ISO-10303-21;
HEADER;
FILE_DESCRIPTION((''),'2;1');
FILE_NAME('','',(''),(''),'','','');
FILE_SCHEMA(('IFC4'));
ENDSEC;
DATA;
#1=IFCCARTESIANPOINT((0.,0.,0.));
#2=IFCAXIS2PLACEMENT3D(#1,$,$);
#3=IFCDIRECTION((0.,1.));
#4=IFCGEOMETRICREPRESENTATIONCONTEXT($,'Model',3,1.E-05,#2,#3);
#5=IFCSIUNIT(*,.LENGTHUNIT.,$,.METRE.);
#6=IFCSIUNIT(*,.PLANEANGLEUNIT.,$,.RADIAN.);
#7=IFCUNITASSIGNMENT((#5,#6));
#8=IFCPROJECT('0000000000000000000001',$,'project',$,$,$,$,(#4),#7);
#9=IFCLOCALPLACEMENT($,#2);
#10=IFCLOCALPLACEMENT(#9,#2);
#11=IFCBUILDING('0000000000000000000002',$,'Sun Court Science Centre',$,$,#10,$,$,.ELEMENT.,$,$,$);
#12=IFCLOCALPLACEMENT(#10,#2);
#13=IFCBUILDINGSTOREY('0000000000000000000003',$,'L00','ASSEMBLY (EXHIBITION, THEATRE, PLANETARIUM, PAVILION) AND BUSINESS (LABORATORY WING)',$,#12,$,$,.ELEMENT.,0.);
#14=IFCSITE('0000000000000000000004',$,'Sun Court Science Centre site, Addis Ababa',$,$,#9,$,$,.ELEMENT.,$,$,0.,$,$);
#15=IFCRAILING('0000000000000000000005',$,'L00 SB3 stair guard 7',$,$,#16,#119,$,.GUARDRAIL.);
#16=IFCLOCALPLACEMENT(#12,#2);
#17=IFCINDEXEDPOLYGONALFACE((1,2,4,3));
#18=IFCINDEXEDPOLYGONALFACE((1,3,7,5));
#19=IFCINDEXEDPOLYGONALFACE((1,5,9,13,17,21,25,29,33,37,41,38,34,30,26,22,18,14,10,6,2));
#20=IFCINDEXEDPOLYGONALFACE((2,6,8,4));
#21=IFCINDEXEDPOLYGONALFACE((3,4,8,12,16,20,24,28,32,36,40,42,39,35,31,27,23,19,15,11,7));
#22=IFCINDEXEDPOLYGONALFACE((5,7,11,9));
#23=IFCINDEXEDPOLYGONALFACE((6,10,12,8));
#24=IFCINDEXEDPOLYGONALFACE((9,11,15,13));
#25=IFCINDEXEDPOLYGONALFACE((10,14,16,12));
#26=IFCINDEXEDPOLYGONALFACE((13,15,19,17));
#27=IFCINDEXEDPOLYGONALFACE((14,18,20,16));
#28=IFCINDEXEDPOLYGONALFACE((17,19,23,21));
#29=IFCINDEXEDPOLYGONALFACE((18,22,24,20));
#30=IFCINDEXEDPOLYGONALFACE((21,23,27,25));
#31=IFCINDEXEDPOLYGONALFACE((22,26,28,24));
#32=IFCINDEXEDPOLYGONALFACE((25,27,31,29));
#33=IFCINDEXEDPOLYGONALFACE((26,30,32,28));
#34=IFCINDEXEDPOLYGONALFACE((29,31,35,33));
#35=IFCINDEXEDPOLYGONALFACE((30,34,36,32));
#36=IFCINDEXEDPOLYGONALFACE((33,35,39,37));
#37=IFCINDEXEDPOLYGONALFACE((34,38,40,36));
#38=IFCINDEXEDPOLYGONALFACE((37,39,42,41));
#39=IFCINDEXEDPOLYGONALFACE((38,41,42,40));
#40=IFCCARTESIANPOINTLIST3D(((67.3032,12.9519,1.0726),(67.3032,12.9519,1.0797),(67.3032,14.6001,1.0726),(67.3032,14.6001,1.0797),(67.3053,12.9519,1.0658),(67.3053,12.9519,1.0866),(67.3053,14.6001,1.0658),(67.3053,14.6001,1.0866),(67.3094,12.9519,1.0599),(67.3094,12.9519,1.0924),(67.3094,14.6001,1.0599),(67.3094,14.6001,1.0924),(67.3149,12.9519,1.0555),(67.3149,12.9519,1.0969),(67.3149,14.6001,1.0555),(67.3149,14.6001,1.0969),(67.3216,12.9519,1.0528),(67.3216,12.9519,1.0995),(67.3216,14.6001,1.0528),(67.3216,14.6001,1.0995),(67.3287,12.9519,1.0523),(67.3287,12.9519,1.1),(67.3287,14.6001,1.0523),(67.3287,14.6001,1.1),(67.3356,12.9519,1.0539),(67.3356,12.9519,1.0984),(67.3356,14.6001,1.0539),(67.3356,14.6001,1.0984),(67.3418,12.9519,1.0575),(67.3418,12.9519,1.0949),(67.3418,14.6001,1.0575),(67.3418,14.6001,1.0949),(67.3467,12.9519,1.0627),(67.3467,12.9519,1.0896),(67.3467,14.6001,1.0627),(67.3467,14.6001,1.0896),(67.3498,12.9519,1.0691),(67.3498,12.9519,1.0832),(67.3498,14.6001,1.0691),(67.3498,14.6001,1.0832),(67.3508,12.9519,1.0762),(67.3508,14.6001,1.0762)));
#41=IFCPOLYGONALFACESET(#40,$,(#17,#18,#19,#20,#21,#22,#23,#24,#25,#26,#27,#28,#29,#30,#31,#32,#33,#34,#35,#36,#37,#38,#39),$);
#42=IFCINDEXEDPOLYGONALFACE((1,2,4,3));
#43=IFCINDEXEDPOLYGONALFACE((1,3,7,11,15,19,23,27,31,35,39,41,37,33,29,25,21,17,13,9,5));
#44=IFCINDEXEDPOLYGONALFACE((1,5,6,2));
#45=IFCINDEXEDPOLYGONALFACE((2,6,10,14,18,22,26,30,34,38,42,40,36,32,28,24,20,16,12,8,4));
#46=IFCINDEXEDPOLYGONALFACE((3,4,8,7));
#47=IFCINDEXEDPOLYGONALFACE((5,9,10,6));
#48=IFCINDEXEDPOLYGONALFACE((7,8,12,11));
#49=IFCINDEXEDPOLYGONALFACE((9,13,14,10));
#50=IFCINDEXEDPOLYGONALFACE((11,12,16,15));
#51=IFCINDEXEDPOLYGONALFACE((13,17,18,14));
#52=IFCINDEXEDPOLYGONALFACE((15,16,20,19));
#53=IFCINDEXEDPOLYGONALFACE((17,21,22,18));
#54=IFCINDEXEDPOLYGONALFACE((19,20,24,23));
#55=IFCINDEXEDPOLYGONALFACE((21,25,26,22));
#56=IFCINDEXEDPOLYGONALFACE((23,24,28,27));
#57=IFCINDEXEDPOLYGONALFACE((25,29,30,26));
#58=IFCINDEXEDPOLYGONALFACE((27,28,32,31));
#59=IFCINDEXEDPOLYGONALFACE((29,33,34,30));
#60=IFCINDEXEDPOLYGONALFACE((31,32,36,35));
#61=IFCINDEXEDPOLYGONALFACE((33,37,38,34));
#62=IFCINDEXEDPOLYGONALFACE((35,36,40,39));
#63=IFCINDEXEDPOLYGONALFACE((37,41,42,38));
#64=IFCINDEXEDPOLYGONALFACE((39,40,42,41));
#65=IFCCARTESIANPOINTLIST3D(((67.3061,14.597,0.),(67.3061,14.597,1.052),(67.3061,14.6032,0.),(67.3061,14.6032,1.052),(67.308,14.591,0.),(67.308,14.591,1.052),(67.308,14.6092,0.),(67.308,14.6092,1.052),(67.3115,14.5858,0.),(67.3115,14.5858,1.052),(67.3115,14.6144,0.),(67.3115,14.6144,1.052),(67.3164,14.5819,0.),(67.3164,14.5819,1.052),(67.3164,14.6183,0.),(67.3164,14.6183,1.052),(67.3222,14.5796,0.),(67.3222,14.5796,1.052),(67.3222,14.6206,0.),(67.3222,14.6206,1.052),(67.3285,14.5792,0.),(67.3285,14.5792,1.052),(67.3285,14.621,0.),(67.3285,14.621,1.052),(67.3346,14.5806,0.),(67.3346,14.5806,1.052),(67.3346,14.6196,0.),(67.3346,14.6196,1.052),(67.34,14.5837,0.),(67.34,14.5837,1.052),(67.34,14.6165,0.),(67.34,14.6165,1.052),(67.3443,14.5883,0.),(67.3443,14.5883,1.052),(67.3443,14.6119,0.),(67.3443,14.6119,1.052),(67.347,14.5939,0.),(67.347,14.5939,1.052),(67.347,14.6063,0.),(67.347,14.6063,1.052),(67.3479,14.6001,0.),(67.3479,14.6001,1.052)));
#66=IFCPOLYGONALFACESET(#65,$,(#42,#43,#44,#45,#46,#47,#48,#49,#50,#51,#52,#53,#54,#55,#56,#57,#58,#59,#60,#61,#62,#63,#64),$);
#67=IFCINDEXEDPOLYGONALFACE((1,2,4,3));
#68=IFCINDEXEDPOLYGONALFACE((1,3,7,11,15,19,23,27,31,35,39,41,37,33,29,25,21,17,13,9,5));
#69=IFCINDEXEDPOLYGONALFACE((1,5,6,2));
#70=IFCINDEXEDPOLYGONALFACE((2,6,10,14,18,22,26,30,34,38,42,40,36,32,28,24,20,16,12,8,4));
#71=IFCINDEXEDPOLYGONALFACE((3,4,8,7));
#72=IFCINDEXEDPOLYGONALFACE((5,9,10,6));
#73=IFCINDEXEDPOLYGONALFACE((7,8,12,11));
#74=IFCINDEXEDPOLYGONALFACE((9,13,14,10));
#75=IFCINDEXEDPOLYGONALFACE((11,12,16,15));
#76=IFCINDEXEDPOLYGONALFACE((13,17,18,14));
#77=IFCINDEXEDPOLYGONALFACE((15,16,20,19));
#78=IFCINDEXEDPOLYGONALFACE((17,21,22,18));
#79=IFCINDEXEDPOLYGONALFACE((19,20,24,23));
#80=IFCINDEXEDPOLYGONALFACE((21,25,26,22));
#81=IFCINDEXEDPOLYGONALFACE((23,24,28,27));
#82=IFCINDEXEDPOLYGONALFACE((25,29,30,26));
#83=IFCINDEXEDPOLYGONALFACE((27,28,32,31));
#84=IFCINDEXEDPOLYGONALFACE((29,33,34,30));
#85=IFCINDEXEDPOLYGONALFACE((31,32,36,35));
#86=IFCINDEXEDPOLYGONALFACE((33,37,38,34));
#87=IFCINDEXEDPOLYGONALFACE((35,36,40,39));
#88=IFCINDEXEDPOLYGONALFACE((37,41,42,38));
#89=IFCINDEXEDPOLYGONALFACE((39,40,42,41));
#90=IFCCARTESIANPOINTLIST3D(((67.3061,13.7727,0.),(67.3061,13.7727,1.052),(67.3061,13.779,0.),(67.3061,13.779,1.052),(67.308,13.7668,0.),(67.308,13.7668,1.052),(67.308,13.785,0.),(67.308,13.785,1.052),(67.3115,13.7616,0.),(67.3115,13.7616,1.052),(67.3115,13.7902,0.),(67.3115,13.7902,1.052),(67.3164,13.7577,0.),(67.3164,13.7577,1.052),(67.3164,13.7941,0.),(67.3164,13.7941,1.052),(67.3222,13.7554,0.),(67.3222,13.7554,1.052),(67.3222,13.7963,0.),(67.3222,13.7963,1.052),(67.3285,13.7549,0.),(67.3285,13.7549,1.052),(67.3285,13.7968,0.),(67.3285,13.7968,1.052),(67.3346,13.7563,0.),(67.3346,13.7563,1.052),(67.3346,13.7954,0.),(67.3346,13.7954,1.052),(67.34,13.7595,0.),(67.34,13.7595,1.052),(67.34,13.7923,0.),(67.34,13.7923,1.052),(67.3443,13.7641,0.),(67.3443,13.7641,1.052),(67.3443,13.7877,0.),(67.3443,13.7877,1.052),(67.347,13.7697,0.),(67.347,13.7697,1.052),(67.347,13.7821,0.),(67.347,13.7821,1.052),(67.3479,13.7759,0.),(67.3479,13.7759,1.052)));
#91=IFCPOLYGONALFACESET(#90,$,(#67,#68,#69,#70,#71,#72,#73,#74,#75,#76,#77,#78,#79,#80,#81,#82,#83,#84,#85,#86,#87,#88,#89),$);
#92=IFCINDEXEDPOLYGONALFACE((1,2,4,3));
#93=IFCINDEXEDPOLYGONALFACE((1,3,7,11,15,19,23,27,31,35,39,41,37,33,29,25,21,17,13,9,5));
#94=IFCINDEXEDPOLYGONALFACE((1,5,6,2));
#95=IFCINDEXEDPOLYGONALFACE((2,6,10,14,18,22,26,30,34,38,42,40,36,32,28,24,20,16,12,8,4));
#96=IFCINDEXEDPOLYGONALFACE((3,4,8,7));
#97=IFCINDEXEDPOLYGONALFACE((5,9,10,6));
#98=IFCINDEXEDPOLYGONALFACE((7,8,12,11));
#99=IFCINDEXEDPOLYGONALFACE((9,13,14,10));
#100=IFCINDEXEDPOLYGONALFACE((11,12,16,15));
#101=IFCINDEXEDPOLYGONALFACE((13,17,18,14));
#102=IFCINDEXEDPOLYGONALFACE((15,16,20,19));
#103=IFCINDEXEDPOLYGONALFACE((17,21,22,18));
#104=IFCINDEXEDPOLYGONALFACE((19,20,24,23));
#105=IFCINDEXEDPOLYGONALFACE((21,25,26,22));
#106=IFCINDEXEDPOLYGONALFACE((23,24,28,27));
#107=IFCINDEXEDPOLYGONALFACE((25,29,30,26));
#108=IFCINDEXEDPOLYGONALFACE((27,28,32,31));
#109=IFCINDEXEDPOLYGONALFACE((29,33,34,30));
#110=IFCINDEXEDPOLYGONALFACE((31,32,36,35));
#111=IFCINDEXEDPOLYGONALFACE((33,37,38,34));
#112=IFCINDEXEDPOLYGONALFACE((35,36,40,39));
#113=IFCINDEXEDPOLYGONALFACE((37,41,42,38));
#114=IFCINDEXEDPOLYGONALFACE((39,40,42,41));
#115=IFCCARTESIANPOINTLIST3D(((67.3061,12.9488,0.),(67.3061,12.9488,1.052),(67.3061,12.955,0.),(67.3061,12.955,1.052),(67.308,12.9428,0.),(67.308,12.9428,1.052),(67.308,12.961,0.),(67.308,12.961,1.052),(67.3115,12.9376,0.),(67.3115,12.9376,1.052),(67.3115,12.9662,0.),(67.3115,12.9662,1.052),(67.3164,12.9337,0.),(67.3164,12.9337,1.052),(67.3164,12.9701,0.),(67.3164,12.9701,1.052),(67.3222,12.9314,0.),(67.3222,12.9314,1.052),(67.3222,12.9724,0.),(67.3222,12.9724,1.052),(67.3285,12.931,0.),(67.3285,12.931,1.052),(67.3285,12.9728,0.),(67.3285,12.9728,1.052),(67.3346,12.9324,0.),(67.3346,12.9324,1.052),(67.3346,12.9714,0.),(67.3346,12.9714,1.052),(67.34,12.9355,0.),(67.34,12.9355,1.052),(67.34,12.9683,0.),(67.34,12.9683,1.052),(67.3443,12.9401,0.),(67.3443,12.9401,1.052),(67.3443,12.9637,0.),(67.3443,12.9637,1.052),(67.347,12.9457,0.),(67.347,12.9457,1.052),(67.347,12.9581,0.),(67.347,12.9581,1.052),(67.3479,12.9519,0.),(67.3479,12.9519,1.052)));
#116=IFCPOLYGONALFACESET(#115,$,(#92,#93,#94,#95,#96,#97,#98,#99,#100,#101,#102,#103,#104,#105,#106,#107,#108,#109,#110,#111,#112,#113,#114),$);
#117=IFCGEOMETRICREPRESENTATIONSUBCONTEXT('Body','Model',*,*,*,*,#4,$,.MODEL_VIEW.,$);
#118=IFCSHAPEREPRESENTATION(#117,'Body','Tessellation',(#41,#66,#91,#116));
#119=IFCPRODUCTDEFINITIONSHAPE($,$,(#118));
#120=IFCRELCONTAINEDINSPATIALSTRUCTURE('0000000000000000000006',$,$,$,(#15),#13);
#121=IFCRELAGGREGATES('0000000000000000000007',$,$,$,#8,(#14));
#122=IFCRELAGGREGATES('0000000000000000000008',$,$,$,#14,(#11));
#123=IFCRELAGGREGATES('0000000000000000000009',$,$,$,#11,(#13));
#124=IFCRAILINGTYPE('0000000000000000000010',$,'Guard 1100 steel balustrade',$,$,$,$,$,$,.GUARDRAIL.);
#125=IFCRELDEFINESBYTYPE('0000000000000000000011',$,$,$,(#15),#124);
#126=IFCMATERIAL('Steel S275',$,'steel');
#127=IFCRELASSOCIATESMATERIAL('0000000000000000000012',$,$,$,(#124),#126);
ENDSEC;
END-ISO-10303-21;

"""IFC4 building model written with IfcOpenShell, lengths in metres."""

from ifc_helpers import new_model, si_unit, direction, frame, origin, origin_2d, place, context, subcontext, project, spatial, circle, extrude, material, type_object, element, save


model = new_model("IFC4")

# Units and contexts
model_context = context("Model", 3, precision=1e-05, world=origin(), true_north=direction((0.0, 1.0)))
body_context = subcontext(model_context, "Body", "Model", "MODEL_VIEW")
ifc_project = project(units=[si_unit("LENGTHUNIT", "METRE"), si_unit("PLANEANGLEUNIT", "RADIAN")], contexts=[model_context])

# Site, building, storey
site_placement = place(None, origin())
site = spatial("IfcSite", under=ifc_project, at=site_placement, Name="Sun Court Science Centre site, Addis Ababa", CompositionType="ELEMENT", RefElevation=0.0)
building_placement = place(site_placement, origin())
building = spatial("IfcBuilding", under=site, at=building_placement, Name="Sun Court Science Centre", CompositionType="ELEMENT")
storey_placement = place(building_placement, origin())
storey = spatial("IfcBuildingStorey", under=building, at=storey_placement, Name="L00", Description="ASSEMBLY (EXHIBITION, THEATRE, PLANETARIUM, PAVILION) AND BUSINESS (LABORATORY WING)", CompositionType="ELEMENT", Elevation=0.0)

# Railing
ifc_material_1 = material(Name="Steel S275", Category="steel")
railing_type_1 = type_object("IfcRailingType", Name="Guard 1100 steel balustrade", PredefinedType="GUARDRAIL", material=ifc_material_1)
railing_1_placement = place(storey_placement, frame((67.3269, 14.6001, 0.0)))
element("IfcRailing", 1, at=railing_1_placement, inside=storey, type_object=railing_type_1, Name="L00 SB3 stair guard 7", PredefinedType="GUARDRAIL", context=body_context, shape_type="SweptSolid", body=[
    extrude(circle(Radius=0.0239, at=origin_2d()), frame((0.0, 0.0, 1.0762), z_axis=(0.0, -1.0, 0.0), x_axis=(1.0, 0.0, 0.0)), (0.0, 0.0, 1.0), 1.6482),
    extrude(circle(Radius=0.021, at=origin_2d()), origin(), (0.0, 0.0, 1.0), 1.052),
    extrude(circle(Radius=0.021, at=origin_2d()), frame((0.0, -0.8242, 0.0)), (0.0, 0.0, 1.0), 1.052),
    extrude(circle(Radius=0.021, at=origin_2d()), frame((0.0, -1.6482, 0.0)), (0.0, 0.0, 1.0), 1.052),
])

save(model, "model.ifc")
